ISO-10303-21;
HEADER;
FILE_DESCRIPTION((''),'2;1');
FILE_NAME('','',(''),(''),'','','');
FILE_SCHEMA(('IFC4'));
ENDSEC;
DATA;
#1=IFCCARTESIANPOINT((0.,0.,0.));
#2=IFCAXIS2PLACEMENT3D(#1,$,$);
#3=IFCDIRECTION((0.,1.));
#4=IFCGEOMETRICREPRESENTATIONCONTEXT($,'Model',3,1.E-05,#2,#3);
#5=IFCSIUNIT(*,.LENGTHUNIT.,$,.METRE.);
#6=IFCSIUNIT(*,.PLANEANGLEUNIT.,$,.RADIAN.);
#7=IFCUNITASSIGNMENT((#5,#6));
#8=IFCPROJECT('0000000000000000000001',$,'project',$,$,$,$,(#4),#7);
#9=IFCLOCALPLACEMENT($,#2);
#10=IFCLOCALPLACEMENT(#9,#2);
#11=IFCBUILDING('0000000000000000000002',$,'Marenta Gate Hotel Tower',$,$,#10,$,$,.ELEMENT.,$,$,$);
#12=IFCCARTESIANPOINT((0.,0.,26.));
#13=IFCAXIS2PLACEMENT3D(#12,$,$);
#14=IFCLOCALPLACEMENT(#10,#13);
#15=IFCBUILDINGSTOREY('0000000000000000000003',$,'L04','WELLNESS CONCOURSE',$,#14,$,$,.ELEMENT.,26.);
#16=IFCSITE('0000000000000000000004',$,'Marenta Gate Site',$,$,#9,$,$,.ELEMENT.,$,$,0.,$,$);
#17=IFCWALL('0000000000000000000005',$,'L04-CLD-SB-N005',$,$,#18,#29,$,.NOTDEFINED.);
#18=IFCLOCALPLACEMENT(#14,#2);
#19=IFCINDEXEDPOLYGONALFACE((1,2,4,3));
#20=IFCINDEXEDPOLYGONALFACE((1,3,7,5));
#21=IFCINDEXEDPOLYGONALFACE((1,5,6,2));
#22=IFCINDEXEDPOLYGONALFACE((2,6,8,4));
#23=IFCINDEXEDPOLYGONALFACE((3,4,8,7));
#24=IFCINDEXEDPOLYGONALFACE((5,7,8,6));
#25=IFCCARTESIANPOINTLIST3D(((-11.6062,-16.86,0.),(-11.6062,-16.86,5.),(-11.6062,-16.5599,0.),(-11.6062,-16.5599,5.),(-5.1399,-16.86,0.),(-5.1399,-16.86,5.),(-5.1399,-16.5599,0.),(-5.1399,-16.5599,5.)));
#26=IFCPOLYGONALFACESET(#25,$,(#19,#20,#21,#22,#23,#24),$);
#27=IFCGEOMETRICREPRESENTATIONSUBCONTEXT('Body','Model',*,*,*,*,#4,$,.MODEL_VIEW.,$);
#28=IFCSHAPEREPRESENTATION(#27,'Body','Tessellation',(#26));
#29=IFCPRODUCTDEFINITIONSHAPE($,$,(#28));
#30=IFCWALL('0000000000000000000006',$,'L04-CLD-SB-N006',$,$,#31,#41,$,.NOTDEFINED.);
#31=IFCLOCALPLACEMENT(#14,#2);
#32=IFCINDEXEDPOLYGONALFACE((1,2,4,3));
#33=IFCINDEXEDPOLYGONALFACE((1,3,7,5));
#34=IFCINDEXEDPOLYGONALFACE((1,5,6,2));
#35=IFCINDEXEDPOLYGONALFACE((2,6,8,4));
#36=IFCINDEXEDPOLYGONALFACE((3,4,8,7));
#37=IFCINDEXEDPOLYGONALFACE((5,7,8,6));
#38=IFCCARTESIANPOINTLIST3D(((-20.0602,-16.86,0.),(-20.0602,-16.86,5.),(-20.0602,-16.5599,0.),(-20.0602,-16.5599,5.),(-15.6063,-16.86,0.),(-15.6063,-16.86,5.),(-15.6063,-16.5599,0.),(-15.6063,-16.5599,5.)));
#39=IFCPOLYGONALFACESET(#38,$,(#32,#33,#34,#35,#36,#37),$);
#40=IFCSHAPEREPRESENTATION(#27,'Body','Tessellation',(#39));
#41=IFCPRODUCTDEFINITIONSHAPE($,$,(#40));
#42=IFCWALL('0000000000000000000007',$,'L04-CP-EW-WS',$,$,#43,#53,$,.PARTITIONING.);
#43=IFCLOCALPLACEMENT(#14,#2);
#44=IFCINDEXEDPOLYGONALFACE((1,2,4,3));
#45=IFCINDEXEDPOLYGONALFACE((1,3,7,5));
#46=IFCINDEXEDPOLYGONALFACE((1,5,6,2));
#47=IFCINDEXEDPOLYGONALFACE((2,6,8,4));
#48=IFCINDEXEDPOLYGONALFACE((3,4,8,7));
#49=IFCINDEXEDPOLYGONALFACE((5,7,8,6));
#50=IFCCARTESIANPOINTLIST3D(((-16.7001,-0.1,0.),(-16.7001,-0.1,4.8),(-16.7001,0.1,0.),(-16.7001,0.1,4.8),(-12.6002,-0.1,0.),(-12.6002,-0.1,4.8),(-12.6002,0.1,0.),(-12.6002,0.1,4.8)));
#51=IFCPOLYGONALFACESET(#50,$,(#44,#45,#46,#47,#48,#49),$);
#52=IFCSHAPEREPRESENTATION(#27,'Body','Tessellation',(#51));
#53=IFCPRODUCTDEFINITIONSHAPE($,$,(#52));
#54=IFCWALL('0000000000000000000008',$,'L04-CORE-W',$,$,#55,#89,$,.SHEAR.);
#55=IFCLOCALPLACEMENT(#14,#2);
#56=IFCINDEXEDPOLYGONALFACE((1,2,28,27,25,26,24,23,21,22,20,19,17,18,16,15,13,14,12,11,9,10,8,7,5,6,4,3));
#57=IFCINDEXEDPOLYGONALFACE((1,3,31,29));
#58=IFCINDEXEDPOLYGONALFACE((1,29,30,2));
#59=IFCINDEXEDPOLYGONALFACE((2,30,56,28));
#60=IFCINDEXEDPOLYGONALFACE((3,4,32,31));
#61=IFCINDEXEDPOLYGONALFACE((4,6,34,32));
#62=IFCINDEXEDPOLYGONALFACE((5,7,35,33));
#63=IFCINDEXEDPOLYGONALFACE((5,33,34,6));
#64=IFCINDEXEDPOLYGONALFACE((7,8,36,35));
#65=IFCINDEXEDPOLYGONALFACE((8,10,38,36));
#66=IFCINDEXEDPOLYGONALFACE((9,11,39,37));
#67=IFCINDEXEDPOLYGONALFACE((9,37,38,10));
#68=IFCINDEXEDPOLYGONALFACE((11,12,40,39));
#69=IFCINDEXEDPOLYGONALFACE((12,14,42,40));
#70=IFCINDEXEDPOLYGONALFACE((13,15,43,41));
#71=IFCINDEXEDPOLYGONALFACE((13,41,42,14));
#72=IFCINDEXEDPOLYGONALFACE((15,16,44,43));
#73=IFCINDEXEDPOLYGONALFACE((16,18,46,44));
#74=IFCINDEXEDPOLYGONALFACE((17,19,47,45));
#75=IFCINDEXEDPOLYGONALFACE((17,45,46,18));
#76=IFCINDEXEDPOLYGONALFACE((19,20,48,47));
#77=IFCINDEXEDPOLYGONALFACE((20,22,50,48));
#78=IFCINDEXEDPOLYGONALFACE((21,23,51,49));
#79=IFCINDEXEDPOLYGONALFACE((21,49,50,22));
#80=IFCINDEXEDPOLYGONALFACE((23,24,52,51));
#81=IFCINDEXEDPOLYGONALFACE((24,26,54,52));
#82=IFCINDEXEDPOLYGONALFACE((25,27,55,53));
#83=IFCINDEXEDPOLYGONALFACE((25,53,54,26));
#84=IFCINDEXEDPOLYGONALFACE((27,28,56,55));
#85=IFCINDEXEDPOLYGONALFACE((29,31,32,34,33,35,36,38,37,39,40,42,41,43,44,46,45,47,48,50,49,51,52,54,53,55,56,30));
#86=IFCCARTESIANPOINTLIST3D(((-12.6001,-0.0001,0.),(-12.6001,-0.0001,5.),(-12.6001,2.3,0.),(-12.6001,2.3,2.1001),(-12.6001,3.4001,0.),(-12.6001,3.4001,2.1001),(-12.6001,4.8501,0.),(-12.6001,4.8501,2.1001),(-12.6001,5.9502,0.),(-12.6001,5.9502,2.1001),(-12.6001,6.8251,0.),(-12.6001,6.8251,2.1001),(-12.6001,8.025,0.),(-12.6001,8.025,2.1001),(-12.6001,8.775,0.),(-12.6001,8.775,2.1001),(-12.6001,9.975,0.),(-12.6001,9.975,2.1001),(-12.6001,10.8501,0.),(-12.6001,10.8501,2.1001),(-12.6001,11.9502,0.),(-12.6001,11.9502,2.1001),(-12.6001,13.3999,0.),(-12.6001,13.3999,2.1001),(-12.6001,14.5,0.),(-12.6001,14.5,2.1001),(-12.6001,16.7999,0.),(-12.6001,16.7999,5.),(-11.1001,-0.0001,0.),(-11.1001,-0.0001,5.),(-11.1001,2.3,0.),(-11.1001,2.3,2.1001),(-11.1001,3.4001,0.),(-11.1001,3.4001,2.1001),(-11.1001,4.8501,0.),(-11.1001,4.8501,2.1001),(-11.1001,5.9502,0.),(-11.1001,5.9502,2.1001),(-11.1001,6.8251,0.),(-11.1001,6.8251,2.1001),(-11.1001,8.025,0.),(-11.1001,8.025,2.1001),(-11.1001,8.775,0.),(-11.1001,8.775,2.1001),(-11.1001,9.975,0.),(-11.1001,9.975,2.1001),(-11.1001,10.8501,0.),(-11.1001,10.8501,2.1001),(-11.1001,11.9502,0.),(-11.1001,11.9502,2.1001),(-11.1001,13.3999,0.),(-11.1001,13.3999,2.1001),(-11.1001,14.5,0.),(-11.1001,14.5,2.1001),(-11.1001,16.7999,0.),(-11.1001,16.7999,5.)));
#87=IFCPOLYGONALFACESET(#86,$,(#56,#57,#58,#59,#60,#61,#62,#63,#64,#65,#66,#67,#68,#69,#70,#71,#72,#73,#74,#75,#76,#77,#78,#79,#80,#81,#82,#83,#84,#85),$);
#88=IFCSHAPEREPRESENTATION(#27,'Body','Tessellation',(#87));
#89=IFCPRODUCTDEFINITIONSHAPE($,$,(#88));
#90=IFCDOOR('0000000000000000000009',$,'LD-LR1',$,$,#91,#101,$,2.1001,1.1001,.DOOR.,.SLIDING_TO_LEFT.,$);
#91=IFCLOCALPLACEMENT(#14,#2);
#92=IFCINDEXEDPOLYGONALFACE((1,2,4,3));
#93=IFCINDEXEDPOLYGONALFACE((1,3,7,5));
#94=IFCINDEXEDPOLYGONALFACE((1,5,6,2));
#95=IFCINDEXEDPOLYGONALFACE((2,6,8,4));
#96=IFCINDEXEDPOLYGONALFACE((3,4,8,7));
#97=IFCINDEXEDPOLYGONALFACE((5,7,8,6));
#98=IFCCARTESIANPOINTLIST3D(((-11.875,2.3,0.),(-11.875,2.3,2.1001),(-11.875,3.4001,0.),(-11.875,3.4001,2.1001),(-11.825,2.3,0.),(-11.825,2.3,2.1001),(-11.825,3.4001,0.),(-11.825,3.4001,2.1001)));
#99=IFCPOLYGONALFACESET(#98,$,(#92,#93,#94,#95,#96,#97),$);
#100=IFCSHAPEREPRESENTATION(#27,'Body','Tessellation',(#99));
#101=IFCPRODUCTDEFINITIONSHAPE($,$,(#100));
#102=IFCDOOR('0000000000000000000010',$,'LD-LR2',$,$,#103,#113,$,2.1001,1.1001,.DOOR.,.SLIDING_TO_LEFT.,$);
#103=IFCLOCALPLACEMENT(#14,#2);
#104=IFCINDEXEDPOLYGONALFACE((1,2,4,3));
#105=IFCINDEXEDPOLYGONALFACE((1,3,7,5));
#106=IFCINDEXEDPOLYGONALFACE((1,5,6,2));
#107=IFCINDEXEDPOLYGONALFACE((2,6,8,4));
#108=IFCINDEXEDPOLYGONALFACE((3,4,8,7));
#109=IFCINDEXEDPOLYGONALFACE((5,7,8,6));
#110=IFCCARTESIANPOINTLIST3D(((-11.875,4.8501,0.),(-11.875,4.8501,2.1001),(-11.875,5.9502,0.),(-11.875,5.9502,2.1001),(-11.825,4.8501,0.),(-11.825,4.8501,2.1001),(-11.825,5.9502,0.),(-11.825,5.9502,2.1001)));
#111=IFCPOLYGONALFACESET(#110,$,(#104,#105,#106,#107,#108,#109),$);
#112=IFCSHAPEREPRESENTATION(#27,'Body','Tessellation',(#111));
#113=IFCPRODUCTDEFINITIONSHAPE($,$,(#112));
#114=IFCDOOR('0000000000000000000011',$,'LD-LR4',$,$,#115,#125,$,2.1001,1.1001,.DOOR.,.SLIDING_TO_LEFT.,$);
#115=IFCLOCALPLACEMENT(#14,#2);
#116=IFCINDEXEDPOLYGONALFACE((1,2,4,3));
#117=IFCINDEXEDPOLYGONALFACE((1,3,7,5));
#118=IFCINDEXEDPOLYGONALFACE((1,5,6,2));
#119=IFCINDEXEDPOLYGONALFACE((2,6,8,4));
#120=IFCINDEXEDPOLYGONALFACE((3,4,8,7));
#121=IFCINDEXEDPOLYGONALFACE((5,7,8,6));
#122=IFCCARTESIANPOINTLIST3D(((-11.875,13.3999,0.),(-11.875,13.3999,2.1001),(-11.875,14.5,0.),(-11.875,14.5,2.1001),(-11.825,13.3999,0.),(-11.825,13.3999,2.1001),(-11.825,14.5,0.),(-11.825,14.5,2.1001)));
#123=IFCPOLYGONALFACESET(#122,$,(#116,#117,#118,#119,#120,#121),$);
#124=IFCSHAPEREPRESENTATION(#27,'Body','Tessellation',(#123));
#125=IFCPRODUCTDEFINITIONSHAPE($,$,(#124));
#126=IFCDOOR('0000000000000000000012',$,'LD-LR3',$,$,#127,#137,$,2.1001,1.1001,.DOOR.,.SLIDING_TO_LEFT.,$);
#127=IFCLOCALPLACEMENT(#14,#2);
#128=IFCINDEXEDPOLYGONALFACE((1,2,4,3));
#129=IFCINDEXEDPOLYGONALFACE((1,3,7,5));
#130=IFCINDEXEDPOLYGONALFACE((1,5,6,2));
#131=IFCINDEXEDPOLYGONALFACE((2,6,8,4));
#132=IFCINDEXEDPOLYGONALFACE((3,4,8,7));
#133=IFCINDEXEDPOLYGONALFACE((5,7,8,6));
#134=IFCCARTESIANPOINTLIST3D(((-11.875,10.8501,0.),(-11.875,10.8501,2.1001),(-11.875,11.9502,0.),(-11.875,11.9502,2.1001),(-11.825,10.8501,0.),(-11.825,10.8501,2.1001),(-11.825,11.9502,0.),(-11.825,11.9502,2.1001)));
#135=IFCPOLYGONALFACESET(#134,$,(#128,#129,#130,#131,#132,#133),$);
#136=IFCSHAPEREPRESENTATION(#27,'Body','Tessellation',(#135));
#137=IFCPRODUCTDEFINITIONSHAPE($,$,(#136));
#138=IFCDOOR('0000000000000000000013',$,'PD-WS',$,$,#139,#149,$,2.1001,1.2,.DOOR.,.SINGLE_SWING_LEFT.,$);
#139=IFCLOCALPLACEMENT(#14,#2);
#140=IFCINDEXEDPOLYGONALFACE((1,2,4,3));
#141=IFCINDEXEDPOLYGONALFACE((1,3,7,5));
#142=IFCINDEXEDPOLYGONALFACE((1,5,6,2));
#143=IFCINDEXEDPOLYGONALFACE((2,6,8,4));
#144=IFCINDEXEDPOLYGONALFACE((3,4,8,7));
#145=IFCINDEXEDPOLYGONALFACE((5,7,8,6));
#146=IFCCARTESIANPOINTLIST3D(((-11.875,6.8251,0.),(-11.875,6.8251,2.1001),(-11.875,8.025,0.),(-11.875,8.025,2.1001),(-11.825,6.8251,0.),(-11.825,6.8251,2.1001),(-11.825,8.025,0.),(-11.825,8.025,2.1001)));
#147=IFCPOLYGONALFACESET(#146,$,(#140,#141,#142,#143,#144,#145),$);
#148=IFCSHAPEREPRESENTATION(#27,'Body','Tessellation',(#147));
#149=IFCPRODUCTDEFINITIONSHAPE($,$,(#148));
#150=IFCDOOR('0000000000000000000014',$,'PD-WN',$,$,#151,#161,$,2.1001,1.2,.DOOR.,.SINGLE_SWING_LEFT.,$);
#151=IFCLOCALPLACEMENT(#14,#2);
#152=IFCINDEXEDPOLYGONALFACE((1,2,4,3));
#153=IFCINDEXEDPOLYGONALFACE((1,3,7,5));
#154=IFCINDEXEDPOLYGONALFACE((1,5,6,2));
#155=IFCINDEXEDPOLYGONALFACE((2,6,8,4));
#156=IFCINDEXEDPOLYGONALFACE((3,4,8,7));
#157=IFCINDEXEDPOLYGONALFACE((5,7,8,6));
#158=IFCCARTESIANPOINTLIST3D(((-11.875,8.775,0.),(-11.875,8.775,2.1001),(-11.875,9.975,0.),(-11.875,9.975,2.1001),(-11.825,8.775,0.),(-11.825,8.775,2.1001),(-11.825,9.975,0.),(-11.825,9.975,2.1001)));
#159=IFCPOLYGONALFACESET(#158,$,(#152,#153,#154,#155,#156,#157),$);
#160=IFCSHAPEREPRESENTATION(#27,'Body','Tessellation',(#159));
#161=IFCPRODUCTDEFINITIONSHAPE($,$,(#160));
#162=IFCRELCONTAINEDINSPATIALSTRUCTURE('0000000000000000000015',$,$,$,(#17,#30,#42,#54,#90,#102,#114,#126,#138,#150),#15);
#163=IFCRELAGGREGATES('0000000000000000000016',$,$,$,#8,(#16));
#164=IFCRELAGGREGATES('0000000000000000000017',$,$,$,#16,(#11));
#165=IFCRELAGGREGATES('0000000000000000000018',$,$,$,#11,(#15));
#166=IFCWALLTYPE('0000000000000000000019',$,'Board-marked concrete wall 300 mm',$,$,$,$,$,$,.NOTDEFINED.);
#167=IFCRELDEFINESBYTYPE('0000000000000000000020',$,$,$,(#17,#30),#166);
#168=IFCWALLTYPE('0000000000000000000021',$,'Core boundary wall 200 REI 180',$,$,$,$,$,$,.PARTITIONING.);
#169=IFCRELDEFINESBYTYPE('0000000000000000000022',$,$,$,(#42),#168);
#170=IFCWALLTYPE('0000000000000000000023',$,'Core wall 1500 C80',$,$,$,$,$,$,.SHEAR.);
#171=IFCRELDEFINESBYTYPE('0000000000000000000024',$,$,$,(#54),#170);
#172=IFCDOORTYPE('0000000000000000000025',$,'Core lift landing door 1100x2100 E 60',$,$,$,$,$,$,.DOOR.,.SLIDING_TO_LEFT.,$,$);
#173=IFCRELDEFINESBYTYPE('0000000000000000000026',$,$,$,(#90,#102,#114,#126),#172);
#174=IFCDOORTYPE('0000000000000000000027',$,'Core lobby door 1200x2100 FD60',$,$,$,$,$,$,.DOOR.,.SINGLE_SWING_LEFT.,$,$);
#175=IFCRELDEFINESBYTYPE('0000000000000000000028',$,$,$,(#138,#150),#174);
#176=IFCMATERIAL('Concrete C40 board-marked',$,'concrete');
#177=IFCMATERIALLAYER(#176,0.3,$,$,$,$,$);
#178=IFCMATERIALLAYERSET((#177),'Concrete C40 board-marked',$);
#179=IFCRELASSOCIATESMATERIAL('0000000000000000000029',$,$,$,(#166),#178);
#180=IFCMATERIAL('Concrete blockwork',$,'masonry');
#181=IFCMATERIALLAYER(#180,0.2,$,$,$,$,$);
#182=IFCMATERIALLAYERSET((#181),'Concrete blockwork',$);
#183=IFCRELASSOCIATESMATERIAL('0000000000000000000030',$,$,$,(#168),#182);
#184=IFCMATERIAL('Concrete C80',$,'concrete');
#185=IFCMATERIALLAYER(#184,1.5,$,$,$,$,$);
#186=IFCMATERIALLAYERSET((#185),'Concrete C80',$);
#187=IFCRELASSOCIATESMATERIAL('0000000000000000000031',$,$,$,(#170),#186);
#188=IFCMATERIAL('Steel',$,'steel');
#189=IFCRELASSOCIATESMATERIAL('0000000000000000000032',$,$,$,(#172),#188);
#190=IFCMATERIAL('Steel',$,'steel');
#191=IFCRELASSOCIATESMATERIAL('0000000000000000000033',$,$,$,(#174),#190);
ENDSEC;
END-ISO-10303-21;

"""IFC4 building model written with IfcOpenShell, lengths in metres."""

from ifc_helpers import new_model, si_unit, direction, frame, frame_2d, origin, place, context, subcontext, project, spatial, rectangle, extrude, material, layer, layer_set, type_object, element, fill, save


model = new_model("IFC4")

# Units and contexts
model_context = context("Model", 3, precision=1e-05, world=origin(), true_north=direction((0.0, 1.0)))
body_context = subcontext(model_context, "Body", "Model", "MODEL_VIEW")
ifc_project = project(units=[si_unit("LENGTHUNIT", "METRE"), si_unit("PLANEANGLEUNIT", "RADIAN")], contexts=[model_context])

# Site, building, storey
site_placement = place(None, origin())
site = spatial("IfcSite", under=ifc_project, at=site_placement, Name="Marenta Gate Site", CompositionType="ELEMENT", RefElevation=0.0)
building_placement = place(site_placement, origin())
building = spatial("IfcBuilding", under=site, at=building_placement, Name="Marenta Gate Hotel Tower", CompositionType="ELEMENT")
storey_placement = place(building_placement, frame((0.0, 0.0, 26.0)))
storey = spatial("IfcBuildingStorey", under=building, at=storey_placement, Name="L04", Description="WELLNESS CONCOURSE", CompositionType="ELEMENT", Elevation=26.0)

# Walls
ifc_material_1 = material(Name="Concrete C40 board-marked", Category="concrete")
ifc_layer_1 = layer(ifc_material_1, 0.3)
ifc_layer_set_1 = layer_set([ifc_layer_1], Name="Concrete C40 board-marked")
wall_type_1 = type_object("IfcWallType", Name="Board-marked concrete wall 300 mm", PredefinedType="NOTDEFINED", material=ifc_layer_set_1)
wall_1_placement = place(storey_placement, frame((-5.1399, -16.71, 0.0), z_axis=(0.0, 0.0, 1.0), x_axis=(-1.0, 0.0, 0.0)))
element("IfcWall", 1, at=wall_1_placement, inside=storey, type_object=wall_type_1, Name="L04-CLD-SB-N005", PredefinedType="NOTDEFINED", context=body_context, shape_type="SweptSolid", body=[
    extrude(rectangle(XDim=6.4663, YDim=0.3, at=frame_2d((3.2332, 0.0))), origin(), (0.0, 0.0, 1.0), 5.0),
])
wall_2_placement = place(storey_placement, frame((-15.6062, -16.71, 0.0), z_axis=(0.0, 0.0, 1.0), x_axis=(-1.0, 0.0, 0.0)))
element("IfcWall", 2, at=wall_2_placement, inside=storey, type_object=wall_type_1, Name="L04-CLD-SB-N006", PredefinedType="NOTDEFINED", context=body_context, shape_type="SweptSolid", body=[
    extrude(rectangle(XDim=4.4539, YDim=0.3, at=frame_2d((2.2271, 0.0))), origin(), (0.0, 0.0, 1.0), 5.0),
])

# Shared definitions
ifc_material_2 = material(Name="Concrete blockwork", Category="masonry")
ifc_layer_2 = layer(ifc_material_2, 0.2)
ifc_layer_set_2 = layer_set([ifc_layer_2], Name="Concrete blockwork")
wall_type_2 = type_object("IfcWallType", Name="Core boundary wall 200 REI 180", PredefinedType="PARTITIONING", material=ifc_layer_set_2)

# Wall
wall_3_placement = place(storey_placement, frame((-16.7, 0.0, 0.0), z_axis=(0.0, 0.0, 1.0), x_axis=(1.0, 0.0, 0.0)))
element("IfcWall", 3, at=wall_3_placement, inside=storey, type_object=wall_type_2, Name="L04-CP-EW-WS", PredefinedType="PARTITIONING", context=body_context, shape_type="SweptSolid", body=[
    extrude(rectangle(XDim=4.0999, YDim=0.2, at=frame_2d((2.0498, 0.0))), origin(), (0.0, 0.0, 1.0), 4.8),
])

# Wall, openings, doors
ifc_material_3 = material(Name="Concrete C80", Category="concrete")
ifc_layer_3 = layer(ifc_material_3, 1.5)
ifc_layer_set_3 = layer_set([ifc_layer_3], Name="Concrete C80")
wall_type_3 = type_object("IfcWallType", Name="Core wall 1500 C80", PredefinedType="SHEAR", material=ifc_layer_set_3)
wall_4_placement = place(storey_placement, frame((-11.8501, 0.0, 0.0), z_axis=(0.0, 0.0, 1.0), x_axis=(0.0, 1.0, 0.0)))
wall_4 = element("IfcWall", 4, at=wall_4_placement, inside=storey, type_object=wall_type_3, Name="L04-CORE-W", PredefinedType="SHEAR", context=body_context, shape_type="SweptSolid", body=[
    extrude(rectangle(XDim=16.8, YDim=1.5, at=frame_2d((8.3999, 0.0))), origin(), (0.0, 0.0, 1.0), 5.0),
])
opening_1_placement = place(wall_4_placement, frame((2.3, 0.0, 0.0)))
opening_1 = element("IfcOpeningElement", 5, at=opening_1_placement, cuts=wall_4, PredefinedType="OPENING", context=body_context, shape_type="SweptSolid", body=[
    extrude(rectangle(XDim=1.1001, YDim=2.1001, at=frame_2d((0.55, 1.05))), frame((0.0, 0.75, 0.0), z_axis=(0.0, -1.0, 0.0), x_axis=(1.0, 0.0, 0.0)), (0.0, 0.0, 1.0), 1.5),
])
opening_2_placement = place(wall_4_placement, frame((4.8501, 0.0, 0.0)))
opening_2 = element("IfcOpeningElement", 6, at=opening_2_placement, cuts=wall_4, PredefinedType="OPENING", context=body_context, shape_type="SweptSolid", body=[
    extrude(rectangle(XDim=1.1001, YDim=2.1001, at=frame_2d((0.55, 1.05))), frame((0.0, 0.75, 0.0), z_axis=(0.0, -1.0, 0.0), x_axis=(1.0, 0.0, 0.0)), (0.0, 0.0, 1.0), 1.5),
])
opening_3_placement = place(wall_4_placement, frame((6.825, 0.0, 0.0)))
opening_3 = element("IfcOpeningElement", 7, at=opening_3_placement, cuts=wall_4, PredefinedType="OPENING", context=body_context, shape_type="SweptSolid", body=[
    extrude(rectangle(XDim=1.2, YDim=2.1001, at=frame_2d((0.6001, 1.05))), frame((0.0, 0.75, 0.0), z_axis=(0.0, -1.0, 0.0), x_axis=(1.0, 0.0, 0.0)), (0.0, 0.0, 1.0), 1.5),
])
opening_4_placement = place(wall_4_placement, frame((13.3999, 0.0, 0.0)))
opening_4 = element("IfcOpeningElement", 8, at=opening_4_placement, cuts=wall_4, PredefinedType="OPENING", context=body_context, shape_type="SweptSolid", body=[
    extrude(rectangle(XDim=1.1001, YDim=2.1001, at=frame_2d((0.55, 1.05))), frame((0.0, 0.75, 0.0), z_axis=(0.0, -1.0, 0.0), x_axis=(1.0, 0.0, 0.0)), (0.0, 0.0, 1.0), 1.5),
])
opening_5_placement = place(wall_4_placement, frame((10.8501, 0.0, 0.0)))
opening_5 = element("IfcOpeningElement", 9, at=opening_5_placement, cuts=wall_4, PredefinedType="OPENING", context=body_context, shape_type="SweptSolid", body=[
    extrude(rectangle(XDim=1.1001, YDim=2.1001, at=frame_2d((0.55, 1.05))), frame((0.0, 0.75, 0.0), z_axis=(0.0, -1.0, 0.0), x_axis=(1.0, 0.0, 0.0)), (0.0, 0.0, 1.0), 1.5),
])
opening_6_placement = place(wall_4_placement, frame((8.7749, 0.0, 0.0)))
opening_6 = element("IfcOpeningElement", 10, at=opening_6_placement, cuts=wall_4, PredefinedType="OPENING", context=body_context, shape_type="SweptSolid", body=[
    extrude(rectangle(XDim=1.2, YDim=2.1001, at=frame_2d((0.6001, 1.05))), frame((0.0, 0.75, 0.0), z_axis=(0.0, -1.0, 0.0), x_axis=(1.0, 0.0, 0.0)), (0.0, 0.0, 1.0), 1.5),
])
ifc_material_4 = material(Name="Steel", Category="steel")
door_type_1 = type_object("IfcDoorType", Name="Core lift landing door 1100x2100 E 60", OperationType="SLIDING_TO_LEFT", PredefinedType="DOOR", material=ifc_material_4)
door_1_placement = place(opening_1_placement, origin())
door_1 = element("IfcDoor", 11, at=door_1_placement, inside=storey, type_object=door_type_1, Name="LD-LR1", OperationType="SLIDING_TO_LEFT", OverallHeight=2.1001, OverallWidth=1.1001, PredefinedType="DOOR", context=body_context, shape_type="SweptSolid", body=[
    extrude(rectangle(XDim=1.1001, YDim=2.1001, at=frame_2d((0.55, 1.05))), frame((0.0, 0.0249, 0.0), z_axis=(0.0, -1.0, 0.0), x_axis=(1.0, 0.0, 0.0)), (0.0, 0.0, 1.0), 0.05),
])
fill(opening_1, door_1)
door_2_placement = place(opening_2_placement, origin())
door_2 = element("IfcDoor", 12, at=door_2_placement, inside=storey, type_object=door_type_1, Name="LD-LR2", OperationType="SLIDING_TO_LEFT", OverallHeight=2.1001, OverallWidth=1.1001, PredefinedType="DOOR", context=body_context, shape_type="SweptSolid", body=[
    extrude(rectangle(XDim=1.1001, YDim=2.1001, at=frame_2d((0.55, 1.05))), frame((0.0, 0.0249, 0.0), z_axis=(0.0, -1.0, 0.0), x_axis=(1.0, 0.0, 0.0)), (0.0, 0.0, 1.0), 0.05),
])
fill(opening_2, door_2)
door_3_placement = place(opening_4_placement, origin())
door_3 = element("IfcDoor", 13, at=door_3_placement, inside=storey, type_object=door_type_1, Name="LD-LR4", OperationType="SLIDING_TO_LEFT", OverallHeight=2.1001, OverallWidth=1.1001, PredefinedType="DOOR", context=body_context, shape_type="SweptSolid", body=[
    extrude(rectangle(XDim=1.1001, YDim=2.1001, at=frame_2d((0.55, 1.05))), frame((0.0, 0.0249, 0.0), z_axis=(0.0, -1.0, 0.0), x_axis=(1.0, 0.0, 0.0)), (0.0, 0.0, 1.0), 0.05),
])
fill(opening_4, door_3)
door_4_placement = place(opening_5_placement, origin())
door_4 = element("IfcDoor", 14, at=door_4_placement, inside=storey, type_object=door_type_1, Name="LD-LR3", OperationType="SLIDING_TO_LEFT", OverallHeight=2.1001, OverallWidth=1.1001, PredefinedType="DOOR", context=body_context, shape_type="SweptSolid", body=[
    extrude(rectangle(XDim=1.1001, YDim=2.1001, at=frame_2d((0.55, 1.05))), frame((0.0, 0.0249, 0.0), z_axis=(0.0, -1.0, 0.0), x_axis=(1.0, 0.0, 0.0)), (0.0, 0.0, 1.0), 0.05),
])
fill(opening_5, door_4)
ifc_material_5 = material(Name="Steel", Category="steel")
door_type_2 = type_object("IfcDoorType", Name="Core lobby door 1200x2100 FD60", OperationType="SINGLE_SWING_LEFT", PredefinedType="DOOR", material=ifc_material_5)
door_5_placement = place(opening_3_placement, origin())
door_5 = element("IfcDoor", 15, at=door_5_placement, inside=storey, type_object=door_type_2, Name="PD-WS", OperationType="SINGLE_SWING_LEFT", OverallHeight=2.1001, OverallWidth=1.2, PredefinedType="DOOR", context=body_context, shape_type="SweptSolid", body=[
    extrude(rectangle(XDim=1.2, YDim=2.1001, at=frame_2d((0.6001, 1.05))), frame((0.0, 0.0249, 0.0), z_axis=(0.0, -1.0, 0.0), x_axis=(1.0, 0.0, 0.0)), (0.0, 0.0, 1.0), 0.05),
])
fill(opening_3, door_5)
door_6_placement = place(opening_6_placement, origin())
door_6 = element("IfcDoor", 16, at=door_6_placement, inside=storey, type_object=door_type_2, Name="PD-WN", OperationType="SINGLE_SWING_LEFT", OverallHeight=2.1001, OverallWidth=1.2, PredefinedType="DOOR", context=body_context, shape_type="SweptSolid", body=[
    extrude(rectangle(XDim=1.2, YDim=2.1001, at=frame_2d((0.6001, 1.05))), frame((0.0, 0.0249, 0.0), z_axis=(0.0, -1.0, 0.0), x_axis=(1.0, 0.0, 0.0)), (0.0, 0.0, 1.0), 0.05),
])
fill(opening_6, door_6)

save(model, "model.ifc")
